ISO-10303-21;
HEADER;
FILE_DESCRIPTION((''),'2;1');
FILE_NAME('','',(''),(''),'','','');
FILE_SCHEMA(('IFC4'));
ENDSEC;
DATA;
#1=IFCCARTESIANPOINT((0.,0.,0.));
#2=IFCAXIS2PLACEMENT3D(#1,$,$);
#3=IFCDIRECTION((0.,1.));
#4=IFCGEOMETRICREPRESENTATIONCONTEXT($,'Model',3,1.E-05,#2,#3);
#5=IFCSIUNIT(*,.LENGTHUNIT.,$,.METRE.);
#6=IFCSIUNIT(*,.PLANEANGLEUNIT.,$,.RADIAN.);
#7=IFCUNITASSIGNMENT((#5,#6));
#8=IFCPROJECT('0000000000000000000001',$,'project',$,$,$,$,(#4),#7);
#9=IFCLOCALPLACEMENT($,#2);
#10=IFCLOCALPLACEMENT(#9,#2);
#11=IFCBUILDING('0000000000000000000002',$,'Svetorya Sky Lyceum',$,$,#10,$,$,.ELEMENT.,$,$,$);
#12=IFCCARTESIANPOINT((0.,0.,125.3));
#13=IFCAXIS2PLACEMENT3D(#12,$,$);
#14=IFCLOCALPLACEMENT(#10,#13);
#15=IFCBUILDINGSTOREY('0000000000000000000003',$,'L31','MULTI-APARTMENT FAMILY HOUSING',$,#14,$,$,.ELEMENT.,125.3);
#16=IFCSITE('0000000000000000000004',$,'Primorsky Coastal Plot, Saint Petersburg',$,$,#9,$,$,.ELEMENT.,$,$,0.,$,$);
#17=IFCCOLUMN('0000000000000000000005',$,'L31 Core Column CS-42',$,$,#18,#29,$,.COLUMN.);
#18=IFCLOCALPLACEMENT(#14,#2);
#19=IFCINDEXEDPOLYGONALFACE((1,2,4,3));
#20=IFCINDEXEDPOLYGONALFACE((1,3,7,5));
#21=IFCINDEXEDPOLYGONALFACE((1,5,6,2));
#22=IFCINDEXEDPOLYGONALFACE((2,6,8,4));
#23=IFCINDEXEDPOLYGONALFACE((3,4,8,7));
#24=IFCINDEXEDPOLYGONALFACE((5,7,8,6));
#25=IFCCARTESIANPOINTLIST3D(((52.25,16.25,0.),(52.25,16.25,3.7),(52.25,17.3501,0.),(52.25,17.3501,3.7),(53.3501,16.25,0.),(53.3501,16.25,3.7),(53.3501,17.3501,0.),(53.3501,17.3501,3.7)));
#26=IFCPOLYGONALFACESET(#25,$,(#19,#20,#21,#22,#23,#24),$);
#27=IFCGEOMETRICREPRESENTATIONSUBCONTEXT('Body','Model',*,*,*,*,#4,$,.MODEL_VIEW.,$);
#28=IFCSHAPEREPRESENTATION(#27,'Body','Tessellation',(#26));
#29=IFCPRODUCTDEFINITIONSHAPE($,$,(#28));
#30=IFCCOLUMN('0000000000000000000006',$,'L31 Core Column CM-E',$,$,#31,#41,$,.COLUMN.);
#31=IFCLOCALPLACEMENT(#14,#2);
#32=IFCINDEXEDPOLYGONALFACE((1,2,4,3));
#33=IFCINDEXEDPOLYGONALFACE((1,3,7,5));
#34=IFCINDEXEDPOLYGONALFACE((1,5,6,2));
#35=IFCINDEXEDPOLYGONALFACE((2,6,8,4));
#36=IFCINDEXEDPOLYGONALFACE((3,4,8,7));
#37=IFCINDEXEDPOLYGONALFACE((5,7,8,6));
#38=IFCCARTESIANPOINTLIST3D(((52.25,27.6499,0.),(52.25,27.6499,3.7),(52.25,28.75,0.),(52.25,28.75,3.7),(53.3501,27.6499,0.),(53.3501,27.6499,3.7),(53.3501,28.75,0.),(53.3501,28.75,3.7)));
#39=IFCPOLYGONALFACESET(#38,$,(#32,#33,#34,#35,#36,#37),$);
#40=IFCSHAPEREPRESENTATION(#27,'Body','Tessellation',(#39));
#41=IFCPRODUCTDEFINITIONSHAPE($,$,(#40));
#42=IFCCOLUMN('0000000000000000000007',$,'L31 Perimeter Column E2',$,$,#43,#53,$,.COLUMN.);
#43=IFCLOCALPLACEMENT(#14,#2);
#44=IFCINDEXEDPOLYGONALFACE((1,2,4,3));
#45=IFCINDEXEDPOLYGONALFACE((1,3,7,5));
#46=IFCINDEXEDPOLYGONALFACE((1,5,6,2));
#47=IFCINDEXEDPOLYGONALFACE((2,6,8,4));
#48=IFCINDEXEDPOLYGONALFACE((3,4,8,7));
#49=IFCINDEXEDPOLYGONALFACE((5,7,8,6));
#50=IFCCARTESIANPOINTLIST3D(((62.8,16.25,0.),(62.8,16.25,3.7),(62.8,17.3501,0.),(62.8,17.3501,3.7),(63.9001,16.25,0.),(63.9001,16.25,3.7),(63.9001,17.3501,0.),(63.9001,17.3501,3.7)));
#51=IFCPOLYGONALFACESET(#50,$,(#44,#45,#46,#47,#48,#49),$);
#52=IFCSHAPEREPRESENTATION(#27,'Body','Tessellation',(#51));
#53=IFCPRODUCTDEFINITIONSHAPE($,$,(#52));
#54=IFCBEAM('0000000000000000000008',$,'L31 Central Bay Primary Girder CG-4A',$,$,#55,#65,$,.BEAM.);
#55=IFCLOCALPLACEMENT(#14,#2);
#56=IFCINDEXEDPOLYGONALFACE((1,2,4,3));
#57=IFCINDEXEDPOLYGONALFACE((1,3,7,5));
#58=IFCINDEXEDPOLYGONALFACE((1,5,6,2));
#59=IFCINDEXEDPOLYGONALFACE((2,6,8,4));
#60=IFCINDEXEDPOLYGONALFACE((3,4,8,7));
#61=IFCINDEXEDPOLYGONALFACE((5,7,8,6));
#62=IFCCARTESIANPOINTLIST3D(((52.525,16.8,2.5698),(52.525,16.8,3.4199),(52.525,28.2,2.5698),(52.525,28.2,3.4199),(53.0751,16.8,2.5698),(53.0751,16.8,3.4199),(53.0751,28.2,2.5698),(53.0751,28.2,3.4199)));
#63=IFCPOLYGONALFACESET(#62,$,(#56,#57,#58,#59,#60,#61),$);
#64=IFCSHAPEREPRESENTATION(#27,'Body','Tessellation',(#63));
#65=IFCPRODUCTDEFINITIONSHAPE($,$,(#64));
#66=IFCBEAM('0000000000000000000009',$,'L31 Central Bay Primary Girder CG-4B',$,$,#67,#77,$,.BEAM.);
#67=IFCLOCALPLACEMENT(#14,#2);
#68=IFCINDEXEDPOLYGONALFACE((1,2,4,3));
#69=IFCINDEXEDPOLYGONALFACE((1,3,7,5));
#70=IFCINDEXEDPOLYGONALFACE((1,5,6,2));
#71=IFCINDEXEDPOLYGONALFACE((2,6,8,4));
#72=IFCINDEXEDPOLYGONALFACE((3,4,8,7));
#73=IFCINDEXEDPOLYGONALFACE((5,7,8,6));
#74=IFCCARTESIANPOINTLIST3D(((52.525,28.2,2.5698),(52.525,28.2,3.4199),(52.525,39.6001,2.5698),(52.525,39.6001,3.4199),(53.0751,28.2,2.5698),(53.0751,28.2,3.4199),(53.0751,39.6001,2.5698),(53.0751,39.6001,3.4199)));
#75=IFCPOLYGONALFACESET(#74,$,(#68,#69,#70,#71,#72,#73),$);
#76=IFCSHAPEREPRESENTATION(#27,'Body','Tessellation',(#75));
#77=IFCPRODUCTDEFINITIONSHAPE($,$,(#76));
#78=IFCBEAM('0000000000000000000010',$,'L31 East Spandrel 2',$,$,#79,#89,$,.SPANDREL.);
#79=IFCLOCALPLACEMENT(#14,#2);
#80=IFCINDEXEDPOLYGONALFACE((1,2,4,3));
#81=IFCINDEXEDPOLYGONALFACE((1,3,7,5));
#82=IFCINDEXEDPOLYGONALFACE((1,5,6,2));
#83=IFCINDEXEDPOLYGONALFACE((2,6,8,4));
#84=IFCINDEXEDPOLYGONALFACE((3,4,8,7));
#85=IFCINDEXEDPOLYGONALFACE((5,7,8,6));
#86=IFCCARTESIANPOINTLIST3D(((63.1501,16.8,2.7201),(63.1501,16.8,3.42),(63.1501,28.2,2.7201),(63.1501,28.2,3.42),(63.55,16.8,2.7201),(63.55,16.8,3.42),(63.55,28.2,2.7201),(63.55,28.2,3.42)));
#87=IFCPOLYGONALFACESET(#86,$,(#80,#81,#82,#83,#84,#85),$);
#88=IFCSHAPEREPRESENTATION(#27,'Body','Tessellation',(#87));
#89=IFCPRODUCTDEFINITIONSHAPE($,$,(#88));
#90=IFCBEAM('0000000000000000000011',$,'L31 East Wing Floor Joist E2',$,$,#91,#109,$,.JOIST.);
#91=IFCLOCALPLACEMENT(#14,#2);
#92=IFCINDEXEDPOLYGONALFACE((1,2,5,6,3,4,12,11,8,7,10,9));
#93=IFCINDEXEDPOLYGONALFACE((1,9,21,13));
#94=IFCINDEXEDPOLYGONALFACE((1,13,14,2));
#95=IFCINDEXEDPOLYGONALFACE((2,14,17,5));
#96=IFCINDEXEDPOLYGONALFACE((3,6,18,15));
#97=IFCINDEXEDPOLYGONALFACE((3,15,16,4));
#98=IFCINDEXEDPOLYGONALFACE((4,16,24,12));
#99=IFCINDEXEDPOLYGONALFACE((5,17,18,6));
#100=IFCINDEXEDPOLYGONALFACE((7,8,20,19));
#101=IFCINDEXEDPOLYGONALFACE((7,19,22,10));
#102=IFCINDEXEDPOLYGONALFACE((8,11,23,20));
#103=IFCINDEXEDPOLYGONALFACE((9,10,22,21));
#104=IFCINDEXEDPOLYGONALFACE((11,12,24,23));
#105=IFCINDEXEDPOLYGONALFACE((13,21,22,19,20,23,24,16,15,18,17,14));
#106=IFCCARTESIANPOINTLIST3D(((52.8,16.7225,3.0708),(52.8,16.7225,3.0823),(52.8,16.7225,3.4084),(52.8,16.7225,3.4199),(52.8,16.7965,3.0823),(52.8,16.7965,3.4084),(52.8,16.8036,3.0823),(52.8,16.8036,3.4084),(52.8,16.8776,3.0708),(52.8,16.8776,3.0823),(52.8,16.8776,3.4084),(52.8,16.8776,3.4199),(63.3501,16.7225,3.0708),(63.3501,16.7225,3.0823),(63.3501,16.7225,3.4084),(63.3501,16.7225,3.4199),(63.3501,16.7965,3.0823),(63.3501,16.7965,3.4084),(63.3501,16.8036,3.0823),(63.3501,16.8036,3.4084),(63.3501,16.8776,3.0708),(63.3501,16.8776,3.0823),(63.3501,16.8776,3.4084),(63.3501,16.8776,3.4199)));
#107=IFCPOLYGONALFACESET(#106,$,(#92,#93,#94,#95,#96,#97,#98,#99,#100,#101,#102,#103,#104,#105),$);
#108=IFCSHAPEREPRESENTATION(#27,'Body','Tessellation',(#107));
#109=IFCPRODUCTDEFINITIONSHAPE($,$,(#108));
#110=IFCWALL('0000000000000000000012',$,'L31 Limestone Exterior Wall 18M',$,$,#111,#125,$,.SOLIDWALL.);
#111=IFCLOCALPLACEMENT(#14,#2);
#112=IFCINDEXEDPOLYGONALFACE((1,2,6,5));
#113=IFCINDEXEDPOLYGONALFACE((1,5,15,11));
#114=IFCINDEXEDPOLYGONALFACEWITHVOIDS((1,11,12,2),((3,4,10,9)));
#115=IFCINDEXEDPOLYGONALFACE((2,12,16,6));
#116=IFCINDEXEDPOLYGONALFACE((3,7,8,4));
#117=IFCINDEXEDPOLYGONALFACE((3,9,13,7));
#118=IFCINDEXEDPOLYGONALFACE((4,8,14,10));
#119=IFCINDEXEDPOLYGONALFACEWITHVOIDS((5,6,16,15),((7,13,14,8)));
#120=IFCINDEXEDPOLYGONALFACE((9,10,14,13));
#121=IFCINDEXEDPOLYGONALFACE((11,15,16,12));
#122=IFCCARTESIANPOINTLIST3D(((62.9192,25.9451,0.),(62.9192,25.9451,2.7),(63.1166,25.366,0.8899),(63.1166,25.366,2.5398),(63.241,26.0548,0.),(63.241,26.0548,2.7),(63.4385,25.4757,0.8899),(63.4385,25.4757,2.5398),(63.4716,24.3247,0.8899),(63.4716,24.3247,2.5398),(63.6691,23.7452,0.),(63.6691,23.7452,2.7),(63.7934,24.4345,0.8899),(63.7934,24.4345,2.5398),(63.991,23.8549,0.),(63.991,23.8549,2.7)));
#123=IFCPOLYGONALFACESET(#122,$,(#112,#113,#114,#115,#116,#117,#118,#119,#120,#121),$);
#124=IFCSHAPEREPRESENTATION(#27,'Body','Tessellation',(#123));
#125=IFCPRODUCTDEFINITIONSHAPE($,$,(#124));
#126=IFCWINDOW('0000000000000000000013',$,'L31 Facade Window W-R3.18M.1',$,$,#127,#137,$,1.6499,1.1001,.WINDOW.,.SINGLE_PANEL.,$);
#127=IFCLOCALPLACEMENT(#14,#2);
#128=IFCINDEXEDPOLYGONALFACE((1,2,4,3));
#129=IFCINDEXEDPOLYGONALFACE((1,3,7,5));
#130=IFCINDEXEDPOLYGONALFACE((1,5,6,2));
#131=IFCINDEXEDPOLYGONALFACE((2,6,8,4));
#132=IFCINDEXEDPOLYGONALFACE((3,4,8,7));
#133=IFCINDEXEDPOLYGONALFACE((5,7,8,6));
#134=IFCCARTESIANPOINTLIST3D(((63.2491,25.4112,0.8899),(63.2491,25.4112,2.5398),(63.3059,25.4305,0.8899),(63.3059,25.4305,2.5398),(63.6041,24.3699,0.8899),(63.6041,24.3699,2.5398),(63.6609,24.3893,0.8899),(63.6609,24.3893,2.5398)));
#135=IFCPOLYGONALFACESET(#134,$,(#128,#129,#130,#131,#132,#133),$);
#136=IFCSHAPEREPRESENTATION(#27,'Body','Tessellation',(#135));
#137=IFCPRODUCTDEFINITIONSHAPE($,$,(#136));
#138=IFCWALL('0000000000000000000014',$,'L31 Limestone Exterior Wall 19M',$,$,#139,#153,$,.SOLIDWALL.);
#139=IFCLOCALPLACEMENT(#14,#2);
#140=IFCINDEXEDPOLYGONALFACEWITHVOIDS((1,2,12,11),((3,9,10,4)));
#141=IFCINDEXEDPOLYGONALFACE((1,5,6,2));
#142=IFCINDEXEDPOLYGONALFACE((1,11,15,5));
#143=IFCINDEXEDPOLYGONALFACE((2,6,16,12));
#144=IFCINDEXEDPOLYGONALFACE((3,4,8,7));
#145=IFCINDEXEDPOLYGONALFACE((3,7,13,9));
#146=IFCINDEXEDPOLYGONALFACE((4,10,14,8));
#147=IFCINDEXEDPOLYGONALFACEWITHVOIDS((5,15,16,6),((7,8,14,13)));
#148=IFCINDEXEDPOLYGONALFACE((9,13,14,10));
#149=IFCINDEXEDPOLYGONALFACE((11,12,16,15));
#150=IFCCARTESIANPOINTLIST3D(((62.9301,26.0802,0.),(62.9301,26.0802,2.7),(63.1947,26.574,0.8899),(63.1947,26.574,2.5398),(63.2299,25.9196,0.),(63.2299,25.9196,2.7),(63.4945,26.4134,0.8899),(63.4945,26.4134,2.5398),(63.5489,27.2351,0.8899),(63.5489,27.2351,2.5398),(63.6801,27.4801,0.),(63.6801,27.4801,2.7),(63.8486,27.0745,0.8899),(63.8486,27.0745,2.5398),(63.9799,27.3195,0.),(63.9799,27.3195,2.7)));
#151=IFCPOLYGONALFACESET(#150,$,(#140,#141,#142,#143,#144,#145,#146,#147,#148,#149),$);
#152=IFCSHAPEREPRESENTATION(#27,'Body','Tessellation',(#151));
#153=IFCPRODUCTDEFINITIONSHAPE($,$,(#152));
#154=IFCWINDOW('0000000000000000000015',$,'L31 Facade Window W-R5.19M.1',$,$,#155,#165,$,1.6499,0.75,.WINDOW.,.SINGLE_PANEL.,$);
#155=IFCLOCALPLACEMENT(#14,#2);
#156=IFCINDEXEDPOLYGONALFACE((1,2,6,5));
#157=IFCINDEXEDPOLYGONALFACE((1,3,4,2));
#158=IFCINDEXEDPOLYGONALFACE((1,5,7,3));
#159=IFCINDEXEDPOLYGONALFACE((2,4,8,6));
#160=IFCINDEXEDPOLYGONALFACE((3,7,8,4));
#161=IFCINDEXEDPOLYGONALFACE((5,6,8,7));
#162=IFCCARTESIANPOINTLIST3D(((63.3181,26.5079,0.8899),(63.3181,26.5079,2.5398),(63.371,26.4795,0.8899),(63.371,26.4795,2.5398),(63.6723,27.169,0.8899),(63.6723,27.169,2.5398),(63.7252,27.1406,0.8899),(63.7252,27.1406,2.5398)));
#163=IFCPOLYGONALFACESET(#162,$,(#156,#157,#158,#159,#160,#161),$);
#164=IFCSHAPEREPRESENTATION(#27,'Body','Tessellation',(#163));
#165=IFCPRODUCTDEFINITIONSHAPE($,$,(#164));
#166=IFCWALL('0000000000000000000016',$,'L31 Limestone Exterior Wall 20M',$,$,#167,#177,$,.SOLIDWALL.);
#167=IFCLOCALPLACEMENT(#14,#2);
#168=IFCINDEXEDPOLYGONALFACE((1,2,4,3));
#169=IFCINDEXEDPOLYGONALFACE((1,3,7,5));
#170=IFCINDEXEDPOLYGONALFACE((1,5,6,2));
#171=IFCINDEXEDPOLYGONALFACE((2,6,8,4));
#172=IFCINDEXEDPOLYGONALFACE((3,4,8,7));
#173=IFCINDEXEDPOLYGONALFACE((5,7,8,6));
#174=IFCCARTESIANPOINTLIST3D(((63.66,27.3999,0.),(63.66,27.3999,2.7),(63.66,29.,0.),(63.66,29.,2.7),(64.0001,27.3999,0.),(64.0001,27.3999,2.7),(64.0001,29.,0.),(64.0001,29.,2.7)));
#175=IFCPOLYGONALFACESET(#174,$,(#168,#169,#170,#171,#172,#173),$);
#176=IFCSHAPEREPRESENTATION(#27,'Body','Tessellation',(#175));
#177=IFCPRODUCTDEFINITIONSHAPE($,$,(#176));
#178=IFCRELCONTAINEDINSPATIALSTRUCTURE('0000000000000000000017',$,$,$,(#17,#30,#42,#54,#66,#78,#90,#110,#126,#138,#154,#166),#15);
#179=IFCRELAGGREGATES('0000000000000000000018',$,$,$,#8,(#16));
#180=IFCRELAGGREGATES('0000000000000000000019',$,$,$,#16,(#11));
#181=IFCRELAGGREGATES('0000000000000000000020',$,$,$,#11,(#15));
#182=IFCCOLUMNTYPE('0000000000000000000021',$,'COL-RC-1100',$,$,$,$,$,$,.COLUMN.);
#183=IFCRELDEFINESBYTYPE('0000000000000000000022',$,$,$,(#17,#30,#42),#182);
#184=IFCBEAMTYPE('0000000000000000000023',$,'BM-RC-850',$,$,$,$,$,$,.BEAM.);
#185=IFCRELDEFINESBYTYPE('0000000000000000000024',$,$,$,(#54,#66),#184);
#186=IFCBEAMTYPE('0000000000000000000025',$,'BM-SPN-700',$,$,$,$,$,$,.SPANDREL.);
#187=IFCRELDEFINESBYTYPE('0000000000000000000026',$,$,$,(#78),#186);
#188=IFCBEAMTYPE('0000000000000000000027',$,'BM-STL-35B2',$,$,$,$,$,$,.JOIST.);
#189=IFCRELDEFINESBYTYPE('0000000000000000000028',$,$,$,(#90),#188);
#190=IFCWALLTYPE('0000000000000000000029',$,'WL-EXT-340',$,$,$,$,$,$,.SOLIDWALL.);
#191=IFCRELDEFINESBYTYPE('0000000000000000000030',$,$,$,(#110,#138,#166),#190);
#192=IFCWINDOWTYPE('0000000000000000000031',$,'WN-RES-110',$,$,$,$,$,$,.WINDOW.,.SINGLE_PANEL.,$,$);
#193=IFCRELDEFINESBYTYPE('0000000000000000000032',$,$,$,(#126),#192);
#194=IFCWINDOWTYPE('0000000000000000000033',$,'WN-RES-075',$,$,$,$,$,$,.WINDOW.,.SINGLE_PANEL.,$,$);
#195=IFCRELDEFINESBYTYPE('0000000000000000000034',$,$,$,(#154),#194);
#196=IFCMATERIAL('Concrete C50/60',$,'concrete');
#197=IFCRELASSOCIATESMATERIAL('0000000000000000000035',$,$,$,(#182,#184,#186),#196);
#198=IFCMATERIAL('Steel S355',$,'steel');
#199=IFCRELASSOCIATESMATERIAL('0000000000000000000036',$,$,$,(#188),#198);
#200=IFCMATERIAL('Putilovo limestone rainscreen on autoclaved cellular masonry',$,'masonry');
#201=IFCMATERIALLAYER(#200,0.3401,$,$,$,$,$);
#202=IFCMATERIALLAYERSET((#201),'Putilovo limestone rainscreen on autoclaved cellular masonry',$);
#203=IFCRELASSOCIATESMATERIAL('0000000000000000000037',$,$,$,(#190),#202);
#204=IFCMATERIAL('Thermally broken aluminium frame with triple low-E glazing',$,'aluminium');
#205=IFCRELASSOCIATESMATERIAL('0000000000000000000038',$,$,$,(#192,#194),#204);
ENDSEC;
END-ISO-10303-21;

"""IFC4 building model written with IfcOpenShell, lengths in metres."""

from ifc_helpers import new_model, si_unit, direction, frame, frame_2d, origin, origin_2d, place, context, subcontext, project, spatial, rectangle, i_section, extrude, material, layer, layer_set, material_profile, profile_set, type_object, element, fill, save


model = new_model("IFC4")

# Units and contexts
model_context = context("Model", 3, precision=1e-05, world=origin(), true_north=direction((0.0, 1.0)))
body_context = subcontext(model_context, "Body", "Model", "MODEL_VIEW")
ifc_project = project(units=[si_unit("LENGTHUNIT", "METRE"), si_unit("PLANEANGLEUNIT", "RADIAN")], contexts=[model_context])

# Site, building, storey
site_placement = place(None, origin())
site = spatial("IfcSite", under=ifc_project, at=site_placement, Name="Primorsky Coastal Plot, Saint Petersburg", CompositionType="ELEMENT", RefElevation=0.0)
building_placement = place(site_placement, origin())
building = spatial("IfcBuilding", under=site, at=building_placement, Name="Svetorya Sky Lyceum", CompositionType="ELEMENT")
storey_placement = place(building_placement, frame((0.0, 0.0, 125.3)))
storey = spatial("IfcBuildingStorey", under=building, at=storey_placement, Name="L31", Description="MULTI-APARTMENT FAMILY HOUSING", CompositionType="ELEMENT", Elevation=125.3)

# Columns
ifc_material_1 = material(Name="Concrete C50/60", Category="concrete")
ifc_material_profile_1 = material_profile(ifc_material_1, rectangle(XDim=1.1001, YDim=1.1001, at=origin_2d()), Name="RC COL 1100x1100")
ifc_profile_set_1 = profile_set([ifc_material_profile_1], Name="Concrete C50/60")
column_type = type_object("IfcColumnType", Name="COL-RC-1100", PredefinedType="COLUMN", material=ifc_profile_set_1)
for number, where, z_axis, x_axis, name in (
    (1, (52.8, 16.8, 0.0), (0.0, 0.0, 1.0), (1.0, 0.0, 0.0), "L31 Core Column CS-42"),
    (2, (52.8, 28.2, 0.0), (0.0, 0.0, 1.0), (1.0, 0.0, 0.0), "L31 Core Column CM-E"),
    (3, (63.3501, 16.8, 0.0), (0.0, 0.0, 1.0), (1.0, 0.0, 0.0), "L31 Perimeter Column E2"),
):
    element("IfcColumn", number, at=place(storey_placement, frame(where, z_axis=z_axis, x_axis=x_axis)), inside=storey, type_object=column_type, Name=name, PredefinedType="COLUMN", context=body_context, shape_type="SweptSolid", body=[
        extrude(rectangle(XDim=1.1001, YDim=1.1001, at=origin_2d()), origin(), (0.0, 0.0, 1.0), 3.7),
    ])

# Beams
ifc_material_profile_2 = material_profile(ifc_material_1, rectangle(XDim=0.55, YDim=0.8501, at=origin_2d()), Name="RC BEAM 550x850")
ifc_profile_set_2 = profile_set([ifc_material_profile_2], Name="Concrete C50/60")
beam_type_1 = type_object("IfcBeamType", Name="BM-RC-850", PredefinedType="BEAM", material=ifc_profile_set_2)
beam_1_placement = place(storey_placement, frame((52.8, 16.8, 2.9949), z_axis=(0.0, 1.0, 0.0), x_axis=(-1.0, 0.0, 0.0)))
element("IfcBeam", 4, at=beam_1_placement, inside=storey, type_object=beam_type_1, Name="L31 Central Bay Primary Girder CG-4A", PredefinedType="BEAM", context=body_context, shape_type="SweptSolid", body=[
    extrude(rectangle(XDim=0.55, YDim=0.8501, at=origin_2d()), origin(), (0.0, 0.0, 1.0), 11.3999),
])
beam_2_placement = place(storey_placement, frame((52.8, 28.2, 2.9949), z_axis=(0.0, 1.0, 0.0), x_axis=(-1.0, 0.0, 0.0)))
element("IfcBeam", 5, at=beam_2_placement, inside=storey, type_object=beam_type_1, Name="L31 Central Bay Primary Girder CG-4B", PredefinedType="BEAM", context=body_context, shape_type="SweptSolid", body=[
    extrude(rectangle(XDim=0.55, YDim=0.8501, at=origin_2d()), origin(), (0.0, 0.0, 1.0), 11.4001),
])
ifc_material_profile_3 = material_profile(ifc_material_1, rectangle(XDim=0.3999, YDim=0.7, at=origin_2d()), Name="RC SPANDREL 400x700")
ifc_profile_set_3 = profile_set([ifc_material_profile_3], Name="Concrete C50/60")
beam_type_2 = type_object("IfcBeamType", Name="BM-SPN-700", PredefinedType="SPANDREL", material=ifc_profile_set_3)
beam_3_placement = place(storey_placement, frame((63.3501, 16.8, 3.0701), z_axis=(0.0, 1.0, 0.0), x_axis=(-1.0, 0.0, 0.0)))
element("IfcBeam", 6, at=beam_3_placement, inside=storey, type_object=beam_type_2, Name="L31 East Spandrel 2", PredefinedType="SPANDREL", context=body_context, shape_type="SweptSolid", body=[
    extrude(rectangle(XDim=0.3999, YDim=0.7, at=origin_2d()), origin(), (0.0, 0.0, 1.0), 11.3999),
])
ifc_material_2 = material(Name="Steel S355", Category="steel")
ifc_material_profile_4 = material_profile(ifc_material_2, i_section(OverallWidth=0.155, OverallDepth=0.3491, WebThickness=0.0071, FlangeThickness=0.0115, at=origin_2d()), Name="GOST 35B2")
ifc_profile_set_4 = profile_set([ifc_material_profile_4], Name="Steel S355")
beam_type_3 = type_object("IfcBeamType", Name="BM-STL-35B2", PredefinedType="JOIST", material=ifc_profile_set_4)
beam_4_placement = place(storey_placement, frame((52.8, 16.8, 3.2454), z_axis=(1.0, 0.0, 0.0), x_axis=(0.0, 1.0, 0.0)))
element("IfcBeam", 7, at=beam_4_placement, inside=storey, type_object=beam_type_3, Name="L31 East Wing Floor Joist E2", PredefinedType="JOIST", context=body_context, shape_type="SweptSolid", body=[
    extrude(i_section(OverallWidth=0.155, OverallDepth=0.3491, WebThickness=0.0071, FlangeThickness=0.0115, at=origin_2d()), origin(), (0.0, 0.0, 1.0), 10.55),
])

# Walls, openings, windows
ifc_material_3 = material(Name="Putilovo limestone rainscreen on autoclaved cellular masonry", Category="masonry")
ifc_layer_1 = layer(ifc_material_3, 0.3401)
ifc_layer_set_1 = layer_set([ifc_layer_1], Name="Putilovo limestone rainscreen on autoclaved cellular masonry")
wall_type_1 = type_object("IfcWallType", Name="WL-EXT-340", PredefinedType="SOLIDWALL", material=ifc_layer_set_1)
wall_1_placement = place(storey_placement, frame((63.8301, 23.8, 0.0), z_axis=(0.0, 0.0, 1.0), x_axis=(-0.32268, 0.946508, 0.0)))
wall_1 = element("IfcWall", 8, at=wall_1_placement, inside=storey, type_object=wall_type_1, Name="L31 Limestone Exterior Wall 18M", PredefinedType="SOLIDWALL", context=body_context, shape_type="SweptSolid", body=[
    extrude(rectangle(XDim=2.3242, YDim=0.3401, at=frame_2d((1.1621, 0.0))), origin(), (0.0, 0.0, 1.0), 2.7),
])
opening_1_placement = place(wall_1_placement, frame((0.6123, 0.0, 0.8899)))
opening_1 = element("IfcOpeningElement", 9, at=opening_1_placement, cuts=wall_1, PredefinedType="OPENING", context=body_context, shape_type="SweptSolid", body=[
    extrude(rectangle(XDim=1.1001, YDim=1.6499, at=frame_2d((0.55, 0.825))), frame((0.0, 0.1799, 0.0), z_axis=(0.0, -1.0, 0.0), x_axis=(1.0, 0.0, 0.0)), (0.0, 0.0, 1.0), 0.3601),
])
ifc_material_4 = material(Name="Thermally broken aluminium frame with triple low-E glazing", Category="aluminium")
window_type_1 = type_object("IfcWindowType", Name="WN-RES-110", PartitioningType="SINGLE_PANEL", PredefinedType="WINDOW", material=ifc_material_4)
window_1_placement = place(opening_1_placement, origin())
window_1 = element("IfcWindow", 10, at=window_1_placement, inside=storey, type_object=window_type_1, Name="L31 Facade Window W-R3.18M.1", OverallHeight=1.6499, OverallWidth=1.1001, PartitioningType="SINGLE_PANEL", PredefinedType="WINDOW", context=body_context, shape_type="SweptSolid", body=[
    extrude(rectangle(XDim=1.1001, YDim=1.6499, at=frame_2d((0.55, 0.825))), frame((0.0, 0.03, 0.0), z_axis=(0.0, -1.0, 0.0), x_axis=(1.0, 0.0, 0.0)), (0.0, 0.0, 1.0), 0.0601),
])
fill(opening_1, window_1)
wall_2_placement = place(storey_placement, frame((63.0801, 26.0, 0.0), z_axis=(0.0, 0.0, 1.0), x_axis=(0.472247, 0.881466, 0.0)))
wall_2 = element("IfcWall", 11, at=wall_2_placement, inside=storey, type_object=wall_type_1, Name="L31 Limestone Exterior Wall 19M", PredefinedType="SOLIDWALL", context=body_context, shape_type="SweptSolid", body=[
    extrude(rectangle(XDim=1.5881, YDim=0.3401, at=frame_2d((0.7939, 0.0))), origin(), (0.0, 0.0, 1.0), 2.7),
])
opening_2_placement = place(wall_2_placement, frame((0.5601, 0.0, 0.8899)))
opening_2 = element("IfcOpeningElement", 12, at=opening_2_placement, cuts=wall_2, PredefinedType="OPENING", context=body_context, shape_type="SweptSolid", body=[
    extrude(rectangle(XDim=0.75, YDim=1.6499, at=frame_2d((0.375, 0.825))), frame((0.0, 0.1799, 0.0), z_axis=(0.0, -1.0, 0.0), x_axis=(1.0, 0.0, 0.0)), (0.0, 0.0, 1.0), 0.3601),
])
window_type_2 = type_object("IfcWindowType", Name="WN-RES-075", PartitioningType="SINGLE_PANEL", PredefinedType="WINDOW", material=ifc_material_4)
window_2_placement = place(opening_2_placement, origin())
window_2 = element("IfcWindow", 13, at=window_2_placement, inside=storey, type_object=window_type_2, Name="L31 Facade Window W-R5.19M.1", OverallHeight=1.6499, OverallWidth=0.75, PartitioningType="SINGLE_PANEL", PredefinedType="WINDOW", context=body_context, shape_type="SweptSolid", body=[
    extrude(rectangle(XDim=0.75, YDim=1.6499, at=frame_2d((0.375, 0.825))), frame((0.0, 0.03, 0.0), z_axis=(0.0, -1.0, 0.0), x_axis=(1.0, 0.0, 0.0)), (0.0, 0.0, 1.0), 0.0601),
])
fill(opening_2, window_2)

# Wall
wall_3_placement = place(storey_placement, frame((63.8301, 27.3999, 0.0), z_axis=(0.0, 0.0, 1.0), x_axis=(0.0, 1.0, 0.0)))
element("IfcWall", 14, at=wall_3_placement, inside=storey, type_object=wall_type_1, Name="L31 Limestone Exterior Wall 20M", PredefinedType="SOLIDWALL", context=body_context, shape_type="SweptSolid", body=[
    extrude(rectangle(XDim=1.6001, YDim=0.3401, at=frame_2d((0.8, 0.0))), origin(), (0.0, 0.0, 1.0), 2.7),
])

save(model, "model.ifc")
